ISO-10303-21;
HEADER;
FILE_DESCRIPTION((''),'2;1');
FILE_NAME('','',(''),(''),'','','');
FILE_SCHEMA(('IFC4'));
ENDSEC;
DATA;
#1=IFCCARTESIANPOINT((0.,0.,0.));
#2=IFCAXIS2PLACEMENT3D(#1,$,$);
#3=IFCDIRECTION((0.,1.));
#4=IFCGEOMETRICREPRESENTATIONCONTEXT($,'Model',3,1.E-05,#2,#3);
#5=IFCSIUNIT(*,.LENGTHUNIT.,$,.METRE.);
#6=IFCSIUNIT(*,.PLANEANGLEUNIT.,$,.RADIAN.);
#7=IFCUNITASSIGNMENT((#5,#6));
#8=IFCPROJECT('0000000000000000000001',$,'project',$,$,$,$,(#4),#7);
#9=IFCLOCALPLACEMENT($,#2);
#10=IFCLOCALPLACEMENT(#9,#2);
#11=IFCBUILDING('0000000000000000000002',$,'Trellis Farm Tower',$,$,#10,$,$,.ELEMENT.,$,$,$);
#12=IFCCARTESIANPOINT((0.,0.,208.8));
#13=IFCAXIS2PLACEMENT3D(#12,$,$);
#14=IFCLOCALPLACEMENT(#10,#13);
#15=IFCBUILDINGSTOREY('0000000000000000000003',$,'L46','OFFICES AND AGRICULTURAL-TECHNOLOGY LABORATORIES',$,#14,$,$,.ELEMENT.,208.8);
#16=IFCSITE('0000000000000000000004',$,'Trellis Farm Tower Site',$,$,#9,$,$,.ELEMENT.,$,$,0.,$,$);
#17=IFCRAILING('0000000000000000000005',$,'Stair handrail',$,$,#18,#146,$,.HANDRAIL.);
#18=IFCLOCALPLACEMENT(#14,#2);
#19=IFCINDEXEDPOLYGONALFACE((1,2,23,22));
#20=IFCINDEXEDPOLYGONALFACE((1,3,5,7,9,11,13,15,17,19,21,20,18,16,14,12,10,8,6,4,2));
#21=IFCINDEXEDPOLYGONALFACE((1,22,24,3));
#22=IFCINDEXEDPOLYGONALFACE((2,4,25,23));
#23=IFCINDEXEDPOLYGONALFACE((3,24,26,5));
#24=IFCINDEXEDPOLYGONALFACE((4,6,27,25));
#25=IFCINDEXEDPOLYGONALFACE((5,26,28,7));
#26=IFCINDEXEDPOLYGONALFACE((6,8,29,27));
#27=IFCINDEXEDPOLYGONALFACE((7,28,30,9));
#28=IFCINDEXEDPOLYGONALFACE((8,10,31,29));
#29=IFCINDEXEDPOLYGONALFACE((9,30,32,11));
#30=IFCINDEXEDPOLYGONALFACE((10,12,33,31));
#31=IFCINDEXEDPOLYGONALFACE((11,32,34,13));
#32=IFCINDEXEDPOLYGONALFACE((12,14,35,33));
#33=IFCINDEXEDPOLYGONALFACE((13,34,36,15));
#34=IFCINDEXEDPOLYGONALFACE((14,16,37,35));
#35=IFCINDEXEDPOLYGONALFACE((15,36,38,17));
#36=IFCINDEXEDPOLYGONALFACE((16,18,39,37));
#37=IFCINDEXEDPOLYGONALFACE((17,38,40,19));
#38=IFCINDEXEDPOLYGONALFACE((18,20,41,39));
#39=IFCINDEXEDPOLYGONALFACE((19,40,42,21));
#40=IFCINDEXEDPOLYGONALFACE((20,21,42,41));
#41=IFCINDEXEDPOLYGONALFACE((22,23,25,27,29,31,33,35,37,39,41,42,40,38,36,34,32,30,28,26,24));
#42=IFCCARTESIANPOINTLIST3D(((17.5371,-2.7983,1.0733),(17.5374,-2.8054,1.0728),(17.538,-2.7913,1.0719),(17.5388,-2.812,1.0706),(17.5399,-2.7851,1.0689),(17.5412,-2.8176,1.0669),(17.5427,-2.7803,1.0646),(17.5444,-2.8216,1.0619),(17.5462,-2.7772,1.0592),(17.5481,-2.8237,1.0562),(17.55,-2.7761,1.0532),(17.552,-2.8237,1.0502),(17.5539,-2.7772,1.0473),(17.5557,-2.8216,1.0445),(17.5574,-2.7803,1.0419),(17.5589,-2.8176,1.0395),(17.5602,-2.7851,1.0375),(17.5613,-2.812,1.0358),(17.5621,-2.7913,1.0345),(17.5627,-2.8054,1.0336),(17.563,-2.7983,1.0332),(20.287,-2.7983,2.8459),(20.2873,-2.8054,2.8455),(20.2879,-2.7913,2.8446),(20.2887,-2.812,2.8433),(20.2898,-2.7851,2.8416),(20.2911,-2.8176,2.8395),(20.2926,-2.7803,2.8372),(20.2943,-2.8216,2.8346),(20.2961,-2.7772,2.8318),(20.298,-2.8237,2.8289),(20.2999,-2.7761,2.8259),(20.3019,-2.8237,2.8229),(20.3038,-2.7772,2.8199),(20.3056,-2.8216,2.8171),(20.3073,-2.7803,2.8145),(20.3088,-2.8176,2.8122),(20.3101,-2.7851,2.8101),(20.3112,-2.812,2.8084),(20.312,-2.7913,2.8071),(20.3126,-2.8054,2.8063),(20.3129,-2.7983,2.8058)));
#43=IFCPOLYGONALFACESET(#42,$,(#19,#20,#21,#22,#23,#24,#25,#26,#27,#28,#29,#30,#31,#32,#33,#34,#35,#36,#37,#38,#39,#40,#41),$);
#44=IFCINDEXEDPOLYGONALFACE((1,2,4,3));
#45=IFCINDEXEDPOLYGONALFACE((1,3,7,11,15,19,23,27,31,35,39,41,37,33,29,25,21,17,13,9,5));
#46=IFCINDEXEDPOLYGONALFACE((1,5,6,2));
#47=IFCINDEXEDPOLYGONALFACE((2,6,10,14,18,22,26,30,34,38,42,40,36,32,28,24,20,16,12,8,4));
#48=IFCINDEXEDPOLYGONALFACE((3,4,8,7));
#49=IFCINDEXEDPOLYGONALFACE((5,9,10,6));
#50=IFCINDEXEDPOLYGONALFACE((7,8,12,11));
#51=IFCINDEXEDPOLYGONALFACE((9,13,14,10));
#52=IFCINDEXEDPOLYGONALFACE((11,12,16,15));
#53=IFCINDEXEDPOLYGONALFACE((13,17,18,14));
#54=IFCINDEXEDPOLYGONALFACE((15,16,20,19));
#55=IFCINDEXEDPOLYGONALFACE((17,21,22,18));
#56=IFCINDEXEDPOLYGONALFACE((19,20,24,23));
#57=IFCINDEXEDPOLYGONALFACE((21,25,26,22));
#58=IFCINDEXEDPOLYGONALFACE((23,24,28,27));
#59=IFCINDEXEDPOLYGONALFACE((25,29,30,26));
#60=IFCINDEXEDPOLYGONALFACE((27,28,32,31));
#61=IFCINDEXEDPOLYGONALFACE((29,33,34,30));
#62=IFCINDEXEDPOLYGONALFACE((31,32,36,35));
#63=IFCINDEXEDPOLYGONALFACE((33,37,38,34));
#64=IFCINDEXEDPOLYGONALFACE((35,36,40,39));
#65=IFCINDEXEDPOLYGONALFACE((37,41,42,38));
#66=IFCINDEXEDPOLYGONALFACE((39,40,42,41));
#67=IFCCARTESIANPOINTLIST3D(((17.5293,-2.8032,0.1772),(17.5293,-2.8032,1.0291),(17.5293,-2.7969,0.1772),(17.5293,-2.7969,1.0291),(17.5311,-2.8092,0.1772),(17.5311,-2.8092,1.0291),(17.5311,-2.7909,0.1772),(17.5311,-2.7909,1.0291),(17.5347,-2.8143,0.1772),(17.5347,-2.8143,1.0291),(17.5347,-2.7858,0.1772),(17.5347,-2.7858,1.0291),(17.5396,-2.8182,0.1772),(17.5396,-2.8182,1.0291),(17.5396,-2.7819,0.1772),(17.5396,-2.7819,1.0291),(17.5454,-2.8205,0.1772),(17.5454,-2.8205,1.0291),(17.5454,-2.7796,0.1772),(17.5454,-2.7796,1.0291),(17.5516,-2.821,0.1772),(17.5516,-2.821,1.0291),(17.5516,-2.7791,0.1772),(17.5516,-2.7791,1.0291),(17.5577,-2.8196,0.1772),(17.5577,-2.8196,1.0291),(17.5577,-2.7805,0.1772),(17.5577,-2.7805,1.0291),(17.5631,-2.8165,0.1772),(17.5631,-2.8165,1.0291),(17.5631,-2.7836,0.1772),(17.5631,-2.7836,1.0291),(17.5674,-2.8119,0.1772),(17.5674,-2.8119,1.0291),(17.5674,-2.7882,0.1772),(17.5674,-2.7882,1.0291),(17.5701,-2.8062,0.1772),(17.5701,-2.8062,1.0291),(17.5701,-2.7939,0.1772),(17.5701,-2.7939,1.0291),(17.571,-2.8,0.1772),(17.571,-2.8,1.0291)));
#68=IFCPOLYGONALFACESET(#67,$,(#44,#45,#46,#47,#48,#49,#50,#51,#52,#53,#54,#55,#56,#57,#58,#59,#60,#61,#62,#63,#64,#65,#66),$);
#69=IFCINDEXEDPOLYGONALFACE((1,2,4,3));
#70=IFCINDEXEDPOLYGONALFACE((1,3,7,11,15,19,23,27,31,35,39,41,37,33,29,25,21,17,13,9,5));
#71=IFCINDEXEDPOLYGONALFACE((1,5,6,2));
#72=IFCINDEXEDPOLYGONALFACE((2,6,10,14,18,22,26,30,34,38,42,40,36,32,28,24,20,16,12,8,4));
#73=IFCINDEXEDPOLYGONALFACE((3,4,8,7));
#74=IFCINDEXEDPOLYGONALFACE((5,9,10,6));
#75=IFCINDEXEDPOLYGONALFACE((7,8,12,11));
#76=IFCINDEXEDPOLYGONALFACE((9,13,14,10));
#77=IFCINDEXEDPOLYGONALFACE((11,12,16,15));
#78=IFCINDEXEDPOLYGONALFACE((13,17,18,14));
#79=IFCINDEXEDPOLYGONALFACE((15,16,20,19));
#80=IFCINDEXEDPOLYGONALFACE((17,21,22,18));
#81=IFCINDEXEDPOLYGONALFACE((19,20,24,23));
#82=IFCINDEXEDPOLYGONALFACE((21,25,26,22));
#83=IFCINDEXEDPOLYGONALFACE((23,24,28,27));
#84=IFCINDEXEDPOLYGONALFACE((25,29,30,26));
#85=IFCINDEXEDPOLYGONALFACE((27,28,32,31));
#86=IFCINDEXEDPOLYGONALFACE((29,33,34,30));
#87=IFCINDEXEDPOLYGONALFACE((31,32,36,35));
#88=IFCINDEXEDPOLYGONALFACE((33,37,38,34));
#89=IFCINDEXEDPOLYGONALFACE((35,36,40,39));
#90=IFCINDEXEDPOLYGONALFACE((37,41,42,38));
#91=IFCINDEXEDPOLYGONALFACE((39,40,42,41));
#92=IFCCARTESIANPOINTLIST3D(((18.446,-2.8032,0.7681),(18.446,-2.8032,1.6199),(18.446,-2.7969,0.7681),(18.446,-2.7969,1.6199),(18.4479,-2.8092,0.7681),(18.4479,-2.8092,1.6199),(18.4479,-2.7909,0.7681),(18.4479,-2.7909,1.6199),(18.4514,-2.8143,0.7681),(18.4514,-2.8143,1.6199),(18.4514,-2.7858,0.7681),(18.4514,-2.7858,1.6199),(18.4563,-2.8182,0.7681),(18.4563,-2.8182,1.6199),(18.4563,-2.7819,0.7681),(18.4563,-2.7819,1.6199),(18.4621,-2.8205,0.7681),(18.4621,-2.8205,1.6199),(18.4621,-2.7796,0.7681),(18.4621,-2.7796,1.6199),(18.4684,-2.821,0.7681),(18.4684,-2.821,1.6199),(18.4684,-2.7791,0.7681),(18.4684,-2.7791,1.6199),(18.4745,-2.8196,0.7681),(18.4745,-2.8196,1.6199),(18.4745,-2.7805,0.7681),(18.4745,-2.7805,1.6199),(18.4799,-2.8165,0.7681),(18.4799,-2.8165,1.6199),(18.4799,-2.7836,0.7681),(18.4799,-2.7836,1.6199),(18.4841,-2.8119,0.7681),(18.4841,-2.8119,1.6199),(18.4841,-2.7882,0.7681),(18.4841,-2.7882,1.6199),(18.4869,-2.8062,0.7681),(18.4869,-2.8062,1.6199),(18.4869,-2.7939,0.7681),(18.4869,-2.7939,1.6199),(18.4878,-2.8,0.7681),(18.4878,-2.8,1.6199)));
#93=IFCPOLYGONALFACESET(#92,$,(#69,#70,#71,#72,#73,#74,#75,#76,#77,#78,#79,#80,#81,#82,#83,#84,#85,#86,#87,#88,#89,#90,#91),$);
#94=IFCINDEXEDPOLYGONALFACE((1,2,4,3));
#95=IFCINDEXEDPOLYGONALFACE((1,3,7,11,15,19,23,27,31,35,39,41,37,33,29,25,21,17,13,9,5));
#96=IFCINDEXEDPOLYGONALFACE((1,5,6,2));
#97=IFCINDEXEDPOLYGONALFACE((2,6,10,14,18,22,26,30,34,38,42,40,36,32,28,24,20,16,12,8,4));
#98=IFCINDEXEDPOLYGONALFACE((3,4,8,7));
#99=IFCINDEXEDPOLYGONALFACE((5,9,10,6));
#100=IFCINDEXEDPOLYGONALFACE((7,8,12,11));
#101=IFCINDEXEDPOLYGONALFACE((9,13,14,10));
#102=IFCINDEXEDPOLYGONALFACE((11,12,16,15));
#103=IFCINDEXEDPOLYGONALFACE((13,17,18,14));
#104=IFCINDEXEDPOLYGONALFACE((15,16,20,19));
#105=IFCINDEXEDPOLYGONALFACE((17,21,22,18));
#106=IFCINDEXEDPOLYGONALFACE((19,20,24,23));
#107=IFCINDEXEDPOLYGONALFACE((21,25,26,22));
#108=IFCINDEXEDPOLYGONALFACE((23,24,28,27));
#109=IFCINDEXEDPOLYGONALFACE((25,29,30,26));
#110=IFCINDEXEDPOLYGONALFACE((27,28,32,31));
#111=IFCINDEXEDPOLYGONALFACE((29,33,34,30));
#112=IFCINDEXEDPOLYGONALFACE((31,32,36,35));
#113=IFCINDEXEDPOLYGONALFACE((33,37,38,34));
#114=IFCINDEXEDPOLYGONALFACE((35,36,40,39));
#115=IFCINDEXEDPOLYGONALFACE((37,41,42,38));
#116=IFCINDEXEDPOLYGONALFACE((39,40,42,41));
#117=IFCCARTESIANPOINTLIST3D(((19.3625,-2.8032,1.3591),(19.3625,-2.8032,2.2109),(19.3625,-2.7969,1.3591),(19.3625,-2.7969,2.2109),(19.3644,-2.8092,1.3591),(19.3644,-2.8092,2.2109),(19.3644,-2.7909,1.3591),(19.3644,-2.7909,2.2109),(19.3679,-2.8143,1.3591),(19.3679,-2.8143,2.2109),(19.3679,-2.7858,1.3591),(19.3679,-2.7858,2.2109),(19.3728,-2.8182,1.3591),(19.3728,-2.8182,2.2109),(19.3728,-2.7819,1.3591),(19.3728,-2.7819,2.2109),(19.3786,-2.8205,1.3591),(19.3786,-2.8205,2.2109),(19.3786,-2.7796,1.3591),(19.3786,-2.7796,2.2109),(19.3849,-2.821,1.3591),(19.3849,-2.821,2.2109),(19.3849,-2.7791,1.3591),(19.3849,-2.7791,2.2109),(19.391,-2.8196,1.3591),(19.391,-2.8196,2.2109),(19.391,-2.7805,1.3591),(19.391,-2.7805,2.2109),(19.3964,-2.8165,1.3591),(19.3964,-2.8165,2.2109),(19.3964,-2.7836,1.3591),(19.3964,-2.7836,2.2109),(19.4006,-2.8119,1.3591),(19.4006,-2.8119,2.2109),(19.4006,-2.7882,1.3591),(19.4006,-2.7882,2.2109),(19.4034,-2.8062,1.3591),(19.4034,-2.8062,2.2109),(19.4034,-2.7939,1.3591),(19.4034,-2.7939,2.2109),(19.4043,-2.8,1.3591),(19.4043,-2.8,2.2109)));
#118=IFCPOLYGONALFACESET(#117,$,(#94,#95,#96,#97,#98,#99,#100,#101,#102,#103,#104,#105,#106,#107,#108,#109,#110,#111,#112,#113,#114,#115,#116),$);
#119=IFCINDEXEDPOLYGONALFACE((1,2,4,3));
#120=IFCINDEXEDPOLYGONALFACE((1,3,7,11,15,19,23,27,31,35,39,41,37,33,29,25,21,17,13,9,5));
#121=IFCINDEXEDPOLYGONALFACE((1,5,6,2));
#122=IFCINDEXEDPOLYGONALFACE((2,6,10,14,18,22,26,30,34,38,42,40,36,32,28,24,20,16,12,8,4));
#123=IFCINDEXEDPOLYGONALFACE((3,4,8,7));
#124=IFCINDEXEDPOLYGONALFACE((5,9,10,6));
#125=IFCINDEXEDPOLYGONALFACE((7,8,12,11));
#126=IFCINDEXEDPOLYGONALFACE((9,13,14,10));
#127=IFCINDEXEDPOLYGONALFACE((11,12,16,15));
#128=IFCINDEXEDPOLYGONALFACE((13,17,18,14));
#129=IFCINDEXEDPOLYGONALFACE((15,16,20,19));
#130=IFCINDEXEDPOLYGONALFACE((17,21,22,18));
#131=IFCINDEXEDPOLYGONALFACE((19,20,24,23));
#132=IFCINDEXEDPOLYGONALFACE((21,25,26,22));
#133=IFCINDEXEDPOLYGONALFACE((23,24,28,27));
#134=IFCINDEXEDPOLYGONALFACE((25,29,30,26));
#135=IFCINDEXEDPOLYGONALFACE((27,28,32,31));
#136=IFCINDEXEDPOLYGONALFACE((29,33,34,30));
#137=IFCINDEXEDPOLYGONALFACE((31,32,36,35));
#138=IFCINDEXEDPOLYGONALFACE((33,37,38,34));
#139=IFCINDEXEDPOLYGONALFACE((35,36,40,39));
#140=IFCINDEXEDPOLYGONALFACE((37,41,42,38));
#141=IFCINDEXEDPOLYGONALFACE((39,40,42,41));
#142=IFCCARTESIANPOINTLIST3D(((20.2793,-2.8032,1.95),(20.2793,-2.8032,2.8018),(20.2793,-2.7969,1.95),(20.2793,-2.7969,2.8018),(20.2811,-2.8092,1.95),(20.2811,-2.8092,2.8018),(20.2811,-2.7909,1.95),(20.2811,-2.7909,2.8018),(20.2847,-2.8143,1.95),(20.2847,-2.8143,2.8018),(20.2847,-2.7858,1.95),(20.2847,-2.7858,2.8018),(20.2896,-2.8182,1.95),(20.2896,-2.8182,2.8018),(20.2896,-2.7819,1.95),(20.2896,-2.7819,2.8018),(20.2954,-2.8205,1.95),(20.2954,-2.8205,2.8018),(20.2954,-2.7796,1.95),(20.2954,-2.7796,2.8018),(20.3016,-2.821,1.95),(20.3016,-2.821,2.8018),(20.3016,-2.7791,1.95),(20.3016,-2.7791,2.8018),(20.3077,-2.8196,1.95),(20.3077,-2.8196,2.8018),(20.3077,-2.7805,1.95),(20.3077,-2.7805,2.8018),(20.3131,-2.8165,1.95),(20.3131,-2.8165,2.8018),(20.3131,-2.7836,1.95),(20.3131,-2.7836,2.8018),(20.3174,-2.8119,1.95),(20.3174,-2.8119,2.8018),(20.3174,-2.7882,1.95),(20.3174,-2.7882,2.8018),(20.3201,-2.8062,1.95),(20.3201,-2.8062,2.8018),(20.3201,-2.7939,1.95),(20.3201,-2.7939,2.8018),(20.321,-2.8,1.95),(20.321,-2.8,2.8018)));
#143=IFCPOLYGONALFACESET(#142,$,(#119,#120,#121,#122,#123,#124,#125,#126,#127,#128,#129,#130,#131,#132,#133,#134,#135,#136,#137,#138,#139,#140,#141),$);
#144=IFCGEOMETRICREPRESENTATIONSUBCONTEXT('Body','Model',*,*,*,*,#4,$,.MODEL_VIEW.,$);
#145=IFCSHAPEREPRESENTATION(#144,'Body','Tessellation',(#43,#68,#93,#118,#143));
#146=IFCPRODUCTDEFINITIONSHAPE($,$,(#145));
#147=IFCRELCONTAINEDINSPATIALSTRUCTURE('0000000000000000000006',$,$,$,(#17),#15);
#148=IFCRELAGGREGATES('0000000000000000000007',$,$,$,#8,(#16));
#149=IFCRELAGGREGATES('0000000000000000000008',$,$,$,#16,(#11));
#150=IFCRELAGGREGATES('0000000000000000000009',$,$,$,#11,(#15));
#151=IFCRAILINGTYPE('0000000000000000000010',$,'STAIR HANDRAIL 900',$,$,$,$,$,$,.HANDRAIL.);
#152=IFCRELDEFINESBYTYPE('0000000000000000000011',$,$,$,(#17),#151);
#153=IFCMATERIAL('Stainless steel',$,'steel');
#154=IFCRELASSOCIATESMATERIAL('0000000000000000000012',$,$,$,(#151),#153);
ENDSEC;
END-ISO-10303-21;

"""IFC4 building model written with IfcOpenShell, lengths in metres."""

from ifc_helpers import new_model, si_unit, direction, frame, origin, origin_2d, place, context, subcontext, project, spatial, circle, extrude, source, transform, mapped, material, type_object, element, save


model = new_model("IFC4")

# Units and contexts
model_context = context("Model", 3, precision=1e-05, world=origin(), true_north=direction((0.0, 1.0)))
body_context = subcontext(model_context, "Body", "Model", "MODEL_VIEW")
ifc_project = project(units=[si_unit("LENGTHUNIT", "METRE"), si_unit("PLANEANGLEUNIT", "RADIAN")], contexts=[model_context])

# Site, building, storey
site_placement = place(None, origin())
site = spatial("IfcSite", under=ifc_project, at=site_placement, Name="Trellis Farm Tower Site", CompositionType="ELEMENT", RefElevation=0.0)
building_placement = place(site_placement, origin())
building = spatial("IfcBuilding", under=site, at=building_placement, Name="Trellis Farm Tower", CompositionType="ELEMENT")
storey_placement = place(building_placement, frame((0.0, 0.0, 208.8)))
storey = spatial("IfcBuildingStorey", under=building, at=storey_placement, Name="L46", Description="OFFICES AND AGRICULTURAL-TECHNOLOGY LABORATORIES", CompositionType="ELEMENT", Elevation=208.8)

# Railing
ifc_material_1 = material(Name="Stainless steel", Category="steel")
railing_type = type_object("IfcRailingType", Name="STAIR HANDRAIL 900", PredefinedType="HANDRAIL", material=ifc_material_1)
shared_shape_1 = source(origin(), body_context, "Body", "SweptSolid", [
    extrude(circle(Radius=0.0239, at=origin_2d()), frame((0.0, 0.0, 0.876), z_axis=(0.840504, 0.0, 0.541806), x_axis=(0.0, 1.0, 0.0)), (0.0, 0.0, 1.0), 3.2717),
    extrude(circle(Radius=0.021, at=origin_2d()), origin(), (0.0, 0.0, 1.0), 0.8518),
    extrude(circle(Radius=0.021, at=origin_2d()), frame((0.9167, 0.0, 0.5908)), (0.0, 0.0, 1.0), 0.8518),
    extrude(circle(Radius=0.021, at=origin_2d()), frame((1.8333, 0.0, 1.1819)), (0.0, 0.0, 1.0), 0.8518),
    extrude(circle(Radius=0.021, at=origin_2d()), frame((2.75, 0.0, 1.7727)), (0.0, 0.0, 1.0), 0.8518),
])
for number, where, name in (
    (1, (17.55, -2.8, 0.1772), "Stair handrail"),
):
    element("IfcRailing", number, at=place(storey_placement, frame(where)), inside=storey, type_object=railing_type, Name=name, PredefinedType="HANDRAIL", context=body_context, shape_type="MappedRepresentation", body=[
        mapped(shared_shape_1, transform((0.0, 0.0, 0.0))),
    ])

save(model, "model.ifc")
